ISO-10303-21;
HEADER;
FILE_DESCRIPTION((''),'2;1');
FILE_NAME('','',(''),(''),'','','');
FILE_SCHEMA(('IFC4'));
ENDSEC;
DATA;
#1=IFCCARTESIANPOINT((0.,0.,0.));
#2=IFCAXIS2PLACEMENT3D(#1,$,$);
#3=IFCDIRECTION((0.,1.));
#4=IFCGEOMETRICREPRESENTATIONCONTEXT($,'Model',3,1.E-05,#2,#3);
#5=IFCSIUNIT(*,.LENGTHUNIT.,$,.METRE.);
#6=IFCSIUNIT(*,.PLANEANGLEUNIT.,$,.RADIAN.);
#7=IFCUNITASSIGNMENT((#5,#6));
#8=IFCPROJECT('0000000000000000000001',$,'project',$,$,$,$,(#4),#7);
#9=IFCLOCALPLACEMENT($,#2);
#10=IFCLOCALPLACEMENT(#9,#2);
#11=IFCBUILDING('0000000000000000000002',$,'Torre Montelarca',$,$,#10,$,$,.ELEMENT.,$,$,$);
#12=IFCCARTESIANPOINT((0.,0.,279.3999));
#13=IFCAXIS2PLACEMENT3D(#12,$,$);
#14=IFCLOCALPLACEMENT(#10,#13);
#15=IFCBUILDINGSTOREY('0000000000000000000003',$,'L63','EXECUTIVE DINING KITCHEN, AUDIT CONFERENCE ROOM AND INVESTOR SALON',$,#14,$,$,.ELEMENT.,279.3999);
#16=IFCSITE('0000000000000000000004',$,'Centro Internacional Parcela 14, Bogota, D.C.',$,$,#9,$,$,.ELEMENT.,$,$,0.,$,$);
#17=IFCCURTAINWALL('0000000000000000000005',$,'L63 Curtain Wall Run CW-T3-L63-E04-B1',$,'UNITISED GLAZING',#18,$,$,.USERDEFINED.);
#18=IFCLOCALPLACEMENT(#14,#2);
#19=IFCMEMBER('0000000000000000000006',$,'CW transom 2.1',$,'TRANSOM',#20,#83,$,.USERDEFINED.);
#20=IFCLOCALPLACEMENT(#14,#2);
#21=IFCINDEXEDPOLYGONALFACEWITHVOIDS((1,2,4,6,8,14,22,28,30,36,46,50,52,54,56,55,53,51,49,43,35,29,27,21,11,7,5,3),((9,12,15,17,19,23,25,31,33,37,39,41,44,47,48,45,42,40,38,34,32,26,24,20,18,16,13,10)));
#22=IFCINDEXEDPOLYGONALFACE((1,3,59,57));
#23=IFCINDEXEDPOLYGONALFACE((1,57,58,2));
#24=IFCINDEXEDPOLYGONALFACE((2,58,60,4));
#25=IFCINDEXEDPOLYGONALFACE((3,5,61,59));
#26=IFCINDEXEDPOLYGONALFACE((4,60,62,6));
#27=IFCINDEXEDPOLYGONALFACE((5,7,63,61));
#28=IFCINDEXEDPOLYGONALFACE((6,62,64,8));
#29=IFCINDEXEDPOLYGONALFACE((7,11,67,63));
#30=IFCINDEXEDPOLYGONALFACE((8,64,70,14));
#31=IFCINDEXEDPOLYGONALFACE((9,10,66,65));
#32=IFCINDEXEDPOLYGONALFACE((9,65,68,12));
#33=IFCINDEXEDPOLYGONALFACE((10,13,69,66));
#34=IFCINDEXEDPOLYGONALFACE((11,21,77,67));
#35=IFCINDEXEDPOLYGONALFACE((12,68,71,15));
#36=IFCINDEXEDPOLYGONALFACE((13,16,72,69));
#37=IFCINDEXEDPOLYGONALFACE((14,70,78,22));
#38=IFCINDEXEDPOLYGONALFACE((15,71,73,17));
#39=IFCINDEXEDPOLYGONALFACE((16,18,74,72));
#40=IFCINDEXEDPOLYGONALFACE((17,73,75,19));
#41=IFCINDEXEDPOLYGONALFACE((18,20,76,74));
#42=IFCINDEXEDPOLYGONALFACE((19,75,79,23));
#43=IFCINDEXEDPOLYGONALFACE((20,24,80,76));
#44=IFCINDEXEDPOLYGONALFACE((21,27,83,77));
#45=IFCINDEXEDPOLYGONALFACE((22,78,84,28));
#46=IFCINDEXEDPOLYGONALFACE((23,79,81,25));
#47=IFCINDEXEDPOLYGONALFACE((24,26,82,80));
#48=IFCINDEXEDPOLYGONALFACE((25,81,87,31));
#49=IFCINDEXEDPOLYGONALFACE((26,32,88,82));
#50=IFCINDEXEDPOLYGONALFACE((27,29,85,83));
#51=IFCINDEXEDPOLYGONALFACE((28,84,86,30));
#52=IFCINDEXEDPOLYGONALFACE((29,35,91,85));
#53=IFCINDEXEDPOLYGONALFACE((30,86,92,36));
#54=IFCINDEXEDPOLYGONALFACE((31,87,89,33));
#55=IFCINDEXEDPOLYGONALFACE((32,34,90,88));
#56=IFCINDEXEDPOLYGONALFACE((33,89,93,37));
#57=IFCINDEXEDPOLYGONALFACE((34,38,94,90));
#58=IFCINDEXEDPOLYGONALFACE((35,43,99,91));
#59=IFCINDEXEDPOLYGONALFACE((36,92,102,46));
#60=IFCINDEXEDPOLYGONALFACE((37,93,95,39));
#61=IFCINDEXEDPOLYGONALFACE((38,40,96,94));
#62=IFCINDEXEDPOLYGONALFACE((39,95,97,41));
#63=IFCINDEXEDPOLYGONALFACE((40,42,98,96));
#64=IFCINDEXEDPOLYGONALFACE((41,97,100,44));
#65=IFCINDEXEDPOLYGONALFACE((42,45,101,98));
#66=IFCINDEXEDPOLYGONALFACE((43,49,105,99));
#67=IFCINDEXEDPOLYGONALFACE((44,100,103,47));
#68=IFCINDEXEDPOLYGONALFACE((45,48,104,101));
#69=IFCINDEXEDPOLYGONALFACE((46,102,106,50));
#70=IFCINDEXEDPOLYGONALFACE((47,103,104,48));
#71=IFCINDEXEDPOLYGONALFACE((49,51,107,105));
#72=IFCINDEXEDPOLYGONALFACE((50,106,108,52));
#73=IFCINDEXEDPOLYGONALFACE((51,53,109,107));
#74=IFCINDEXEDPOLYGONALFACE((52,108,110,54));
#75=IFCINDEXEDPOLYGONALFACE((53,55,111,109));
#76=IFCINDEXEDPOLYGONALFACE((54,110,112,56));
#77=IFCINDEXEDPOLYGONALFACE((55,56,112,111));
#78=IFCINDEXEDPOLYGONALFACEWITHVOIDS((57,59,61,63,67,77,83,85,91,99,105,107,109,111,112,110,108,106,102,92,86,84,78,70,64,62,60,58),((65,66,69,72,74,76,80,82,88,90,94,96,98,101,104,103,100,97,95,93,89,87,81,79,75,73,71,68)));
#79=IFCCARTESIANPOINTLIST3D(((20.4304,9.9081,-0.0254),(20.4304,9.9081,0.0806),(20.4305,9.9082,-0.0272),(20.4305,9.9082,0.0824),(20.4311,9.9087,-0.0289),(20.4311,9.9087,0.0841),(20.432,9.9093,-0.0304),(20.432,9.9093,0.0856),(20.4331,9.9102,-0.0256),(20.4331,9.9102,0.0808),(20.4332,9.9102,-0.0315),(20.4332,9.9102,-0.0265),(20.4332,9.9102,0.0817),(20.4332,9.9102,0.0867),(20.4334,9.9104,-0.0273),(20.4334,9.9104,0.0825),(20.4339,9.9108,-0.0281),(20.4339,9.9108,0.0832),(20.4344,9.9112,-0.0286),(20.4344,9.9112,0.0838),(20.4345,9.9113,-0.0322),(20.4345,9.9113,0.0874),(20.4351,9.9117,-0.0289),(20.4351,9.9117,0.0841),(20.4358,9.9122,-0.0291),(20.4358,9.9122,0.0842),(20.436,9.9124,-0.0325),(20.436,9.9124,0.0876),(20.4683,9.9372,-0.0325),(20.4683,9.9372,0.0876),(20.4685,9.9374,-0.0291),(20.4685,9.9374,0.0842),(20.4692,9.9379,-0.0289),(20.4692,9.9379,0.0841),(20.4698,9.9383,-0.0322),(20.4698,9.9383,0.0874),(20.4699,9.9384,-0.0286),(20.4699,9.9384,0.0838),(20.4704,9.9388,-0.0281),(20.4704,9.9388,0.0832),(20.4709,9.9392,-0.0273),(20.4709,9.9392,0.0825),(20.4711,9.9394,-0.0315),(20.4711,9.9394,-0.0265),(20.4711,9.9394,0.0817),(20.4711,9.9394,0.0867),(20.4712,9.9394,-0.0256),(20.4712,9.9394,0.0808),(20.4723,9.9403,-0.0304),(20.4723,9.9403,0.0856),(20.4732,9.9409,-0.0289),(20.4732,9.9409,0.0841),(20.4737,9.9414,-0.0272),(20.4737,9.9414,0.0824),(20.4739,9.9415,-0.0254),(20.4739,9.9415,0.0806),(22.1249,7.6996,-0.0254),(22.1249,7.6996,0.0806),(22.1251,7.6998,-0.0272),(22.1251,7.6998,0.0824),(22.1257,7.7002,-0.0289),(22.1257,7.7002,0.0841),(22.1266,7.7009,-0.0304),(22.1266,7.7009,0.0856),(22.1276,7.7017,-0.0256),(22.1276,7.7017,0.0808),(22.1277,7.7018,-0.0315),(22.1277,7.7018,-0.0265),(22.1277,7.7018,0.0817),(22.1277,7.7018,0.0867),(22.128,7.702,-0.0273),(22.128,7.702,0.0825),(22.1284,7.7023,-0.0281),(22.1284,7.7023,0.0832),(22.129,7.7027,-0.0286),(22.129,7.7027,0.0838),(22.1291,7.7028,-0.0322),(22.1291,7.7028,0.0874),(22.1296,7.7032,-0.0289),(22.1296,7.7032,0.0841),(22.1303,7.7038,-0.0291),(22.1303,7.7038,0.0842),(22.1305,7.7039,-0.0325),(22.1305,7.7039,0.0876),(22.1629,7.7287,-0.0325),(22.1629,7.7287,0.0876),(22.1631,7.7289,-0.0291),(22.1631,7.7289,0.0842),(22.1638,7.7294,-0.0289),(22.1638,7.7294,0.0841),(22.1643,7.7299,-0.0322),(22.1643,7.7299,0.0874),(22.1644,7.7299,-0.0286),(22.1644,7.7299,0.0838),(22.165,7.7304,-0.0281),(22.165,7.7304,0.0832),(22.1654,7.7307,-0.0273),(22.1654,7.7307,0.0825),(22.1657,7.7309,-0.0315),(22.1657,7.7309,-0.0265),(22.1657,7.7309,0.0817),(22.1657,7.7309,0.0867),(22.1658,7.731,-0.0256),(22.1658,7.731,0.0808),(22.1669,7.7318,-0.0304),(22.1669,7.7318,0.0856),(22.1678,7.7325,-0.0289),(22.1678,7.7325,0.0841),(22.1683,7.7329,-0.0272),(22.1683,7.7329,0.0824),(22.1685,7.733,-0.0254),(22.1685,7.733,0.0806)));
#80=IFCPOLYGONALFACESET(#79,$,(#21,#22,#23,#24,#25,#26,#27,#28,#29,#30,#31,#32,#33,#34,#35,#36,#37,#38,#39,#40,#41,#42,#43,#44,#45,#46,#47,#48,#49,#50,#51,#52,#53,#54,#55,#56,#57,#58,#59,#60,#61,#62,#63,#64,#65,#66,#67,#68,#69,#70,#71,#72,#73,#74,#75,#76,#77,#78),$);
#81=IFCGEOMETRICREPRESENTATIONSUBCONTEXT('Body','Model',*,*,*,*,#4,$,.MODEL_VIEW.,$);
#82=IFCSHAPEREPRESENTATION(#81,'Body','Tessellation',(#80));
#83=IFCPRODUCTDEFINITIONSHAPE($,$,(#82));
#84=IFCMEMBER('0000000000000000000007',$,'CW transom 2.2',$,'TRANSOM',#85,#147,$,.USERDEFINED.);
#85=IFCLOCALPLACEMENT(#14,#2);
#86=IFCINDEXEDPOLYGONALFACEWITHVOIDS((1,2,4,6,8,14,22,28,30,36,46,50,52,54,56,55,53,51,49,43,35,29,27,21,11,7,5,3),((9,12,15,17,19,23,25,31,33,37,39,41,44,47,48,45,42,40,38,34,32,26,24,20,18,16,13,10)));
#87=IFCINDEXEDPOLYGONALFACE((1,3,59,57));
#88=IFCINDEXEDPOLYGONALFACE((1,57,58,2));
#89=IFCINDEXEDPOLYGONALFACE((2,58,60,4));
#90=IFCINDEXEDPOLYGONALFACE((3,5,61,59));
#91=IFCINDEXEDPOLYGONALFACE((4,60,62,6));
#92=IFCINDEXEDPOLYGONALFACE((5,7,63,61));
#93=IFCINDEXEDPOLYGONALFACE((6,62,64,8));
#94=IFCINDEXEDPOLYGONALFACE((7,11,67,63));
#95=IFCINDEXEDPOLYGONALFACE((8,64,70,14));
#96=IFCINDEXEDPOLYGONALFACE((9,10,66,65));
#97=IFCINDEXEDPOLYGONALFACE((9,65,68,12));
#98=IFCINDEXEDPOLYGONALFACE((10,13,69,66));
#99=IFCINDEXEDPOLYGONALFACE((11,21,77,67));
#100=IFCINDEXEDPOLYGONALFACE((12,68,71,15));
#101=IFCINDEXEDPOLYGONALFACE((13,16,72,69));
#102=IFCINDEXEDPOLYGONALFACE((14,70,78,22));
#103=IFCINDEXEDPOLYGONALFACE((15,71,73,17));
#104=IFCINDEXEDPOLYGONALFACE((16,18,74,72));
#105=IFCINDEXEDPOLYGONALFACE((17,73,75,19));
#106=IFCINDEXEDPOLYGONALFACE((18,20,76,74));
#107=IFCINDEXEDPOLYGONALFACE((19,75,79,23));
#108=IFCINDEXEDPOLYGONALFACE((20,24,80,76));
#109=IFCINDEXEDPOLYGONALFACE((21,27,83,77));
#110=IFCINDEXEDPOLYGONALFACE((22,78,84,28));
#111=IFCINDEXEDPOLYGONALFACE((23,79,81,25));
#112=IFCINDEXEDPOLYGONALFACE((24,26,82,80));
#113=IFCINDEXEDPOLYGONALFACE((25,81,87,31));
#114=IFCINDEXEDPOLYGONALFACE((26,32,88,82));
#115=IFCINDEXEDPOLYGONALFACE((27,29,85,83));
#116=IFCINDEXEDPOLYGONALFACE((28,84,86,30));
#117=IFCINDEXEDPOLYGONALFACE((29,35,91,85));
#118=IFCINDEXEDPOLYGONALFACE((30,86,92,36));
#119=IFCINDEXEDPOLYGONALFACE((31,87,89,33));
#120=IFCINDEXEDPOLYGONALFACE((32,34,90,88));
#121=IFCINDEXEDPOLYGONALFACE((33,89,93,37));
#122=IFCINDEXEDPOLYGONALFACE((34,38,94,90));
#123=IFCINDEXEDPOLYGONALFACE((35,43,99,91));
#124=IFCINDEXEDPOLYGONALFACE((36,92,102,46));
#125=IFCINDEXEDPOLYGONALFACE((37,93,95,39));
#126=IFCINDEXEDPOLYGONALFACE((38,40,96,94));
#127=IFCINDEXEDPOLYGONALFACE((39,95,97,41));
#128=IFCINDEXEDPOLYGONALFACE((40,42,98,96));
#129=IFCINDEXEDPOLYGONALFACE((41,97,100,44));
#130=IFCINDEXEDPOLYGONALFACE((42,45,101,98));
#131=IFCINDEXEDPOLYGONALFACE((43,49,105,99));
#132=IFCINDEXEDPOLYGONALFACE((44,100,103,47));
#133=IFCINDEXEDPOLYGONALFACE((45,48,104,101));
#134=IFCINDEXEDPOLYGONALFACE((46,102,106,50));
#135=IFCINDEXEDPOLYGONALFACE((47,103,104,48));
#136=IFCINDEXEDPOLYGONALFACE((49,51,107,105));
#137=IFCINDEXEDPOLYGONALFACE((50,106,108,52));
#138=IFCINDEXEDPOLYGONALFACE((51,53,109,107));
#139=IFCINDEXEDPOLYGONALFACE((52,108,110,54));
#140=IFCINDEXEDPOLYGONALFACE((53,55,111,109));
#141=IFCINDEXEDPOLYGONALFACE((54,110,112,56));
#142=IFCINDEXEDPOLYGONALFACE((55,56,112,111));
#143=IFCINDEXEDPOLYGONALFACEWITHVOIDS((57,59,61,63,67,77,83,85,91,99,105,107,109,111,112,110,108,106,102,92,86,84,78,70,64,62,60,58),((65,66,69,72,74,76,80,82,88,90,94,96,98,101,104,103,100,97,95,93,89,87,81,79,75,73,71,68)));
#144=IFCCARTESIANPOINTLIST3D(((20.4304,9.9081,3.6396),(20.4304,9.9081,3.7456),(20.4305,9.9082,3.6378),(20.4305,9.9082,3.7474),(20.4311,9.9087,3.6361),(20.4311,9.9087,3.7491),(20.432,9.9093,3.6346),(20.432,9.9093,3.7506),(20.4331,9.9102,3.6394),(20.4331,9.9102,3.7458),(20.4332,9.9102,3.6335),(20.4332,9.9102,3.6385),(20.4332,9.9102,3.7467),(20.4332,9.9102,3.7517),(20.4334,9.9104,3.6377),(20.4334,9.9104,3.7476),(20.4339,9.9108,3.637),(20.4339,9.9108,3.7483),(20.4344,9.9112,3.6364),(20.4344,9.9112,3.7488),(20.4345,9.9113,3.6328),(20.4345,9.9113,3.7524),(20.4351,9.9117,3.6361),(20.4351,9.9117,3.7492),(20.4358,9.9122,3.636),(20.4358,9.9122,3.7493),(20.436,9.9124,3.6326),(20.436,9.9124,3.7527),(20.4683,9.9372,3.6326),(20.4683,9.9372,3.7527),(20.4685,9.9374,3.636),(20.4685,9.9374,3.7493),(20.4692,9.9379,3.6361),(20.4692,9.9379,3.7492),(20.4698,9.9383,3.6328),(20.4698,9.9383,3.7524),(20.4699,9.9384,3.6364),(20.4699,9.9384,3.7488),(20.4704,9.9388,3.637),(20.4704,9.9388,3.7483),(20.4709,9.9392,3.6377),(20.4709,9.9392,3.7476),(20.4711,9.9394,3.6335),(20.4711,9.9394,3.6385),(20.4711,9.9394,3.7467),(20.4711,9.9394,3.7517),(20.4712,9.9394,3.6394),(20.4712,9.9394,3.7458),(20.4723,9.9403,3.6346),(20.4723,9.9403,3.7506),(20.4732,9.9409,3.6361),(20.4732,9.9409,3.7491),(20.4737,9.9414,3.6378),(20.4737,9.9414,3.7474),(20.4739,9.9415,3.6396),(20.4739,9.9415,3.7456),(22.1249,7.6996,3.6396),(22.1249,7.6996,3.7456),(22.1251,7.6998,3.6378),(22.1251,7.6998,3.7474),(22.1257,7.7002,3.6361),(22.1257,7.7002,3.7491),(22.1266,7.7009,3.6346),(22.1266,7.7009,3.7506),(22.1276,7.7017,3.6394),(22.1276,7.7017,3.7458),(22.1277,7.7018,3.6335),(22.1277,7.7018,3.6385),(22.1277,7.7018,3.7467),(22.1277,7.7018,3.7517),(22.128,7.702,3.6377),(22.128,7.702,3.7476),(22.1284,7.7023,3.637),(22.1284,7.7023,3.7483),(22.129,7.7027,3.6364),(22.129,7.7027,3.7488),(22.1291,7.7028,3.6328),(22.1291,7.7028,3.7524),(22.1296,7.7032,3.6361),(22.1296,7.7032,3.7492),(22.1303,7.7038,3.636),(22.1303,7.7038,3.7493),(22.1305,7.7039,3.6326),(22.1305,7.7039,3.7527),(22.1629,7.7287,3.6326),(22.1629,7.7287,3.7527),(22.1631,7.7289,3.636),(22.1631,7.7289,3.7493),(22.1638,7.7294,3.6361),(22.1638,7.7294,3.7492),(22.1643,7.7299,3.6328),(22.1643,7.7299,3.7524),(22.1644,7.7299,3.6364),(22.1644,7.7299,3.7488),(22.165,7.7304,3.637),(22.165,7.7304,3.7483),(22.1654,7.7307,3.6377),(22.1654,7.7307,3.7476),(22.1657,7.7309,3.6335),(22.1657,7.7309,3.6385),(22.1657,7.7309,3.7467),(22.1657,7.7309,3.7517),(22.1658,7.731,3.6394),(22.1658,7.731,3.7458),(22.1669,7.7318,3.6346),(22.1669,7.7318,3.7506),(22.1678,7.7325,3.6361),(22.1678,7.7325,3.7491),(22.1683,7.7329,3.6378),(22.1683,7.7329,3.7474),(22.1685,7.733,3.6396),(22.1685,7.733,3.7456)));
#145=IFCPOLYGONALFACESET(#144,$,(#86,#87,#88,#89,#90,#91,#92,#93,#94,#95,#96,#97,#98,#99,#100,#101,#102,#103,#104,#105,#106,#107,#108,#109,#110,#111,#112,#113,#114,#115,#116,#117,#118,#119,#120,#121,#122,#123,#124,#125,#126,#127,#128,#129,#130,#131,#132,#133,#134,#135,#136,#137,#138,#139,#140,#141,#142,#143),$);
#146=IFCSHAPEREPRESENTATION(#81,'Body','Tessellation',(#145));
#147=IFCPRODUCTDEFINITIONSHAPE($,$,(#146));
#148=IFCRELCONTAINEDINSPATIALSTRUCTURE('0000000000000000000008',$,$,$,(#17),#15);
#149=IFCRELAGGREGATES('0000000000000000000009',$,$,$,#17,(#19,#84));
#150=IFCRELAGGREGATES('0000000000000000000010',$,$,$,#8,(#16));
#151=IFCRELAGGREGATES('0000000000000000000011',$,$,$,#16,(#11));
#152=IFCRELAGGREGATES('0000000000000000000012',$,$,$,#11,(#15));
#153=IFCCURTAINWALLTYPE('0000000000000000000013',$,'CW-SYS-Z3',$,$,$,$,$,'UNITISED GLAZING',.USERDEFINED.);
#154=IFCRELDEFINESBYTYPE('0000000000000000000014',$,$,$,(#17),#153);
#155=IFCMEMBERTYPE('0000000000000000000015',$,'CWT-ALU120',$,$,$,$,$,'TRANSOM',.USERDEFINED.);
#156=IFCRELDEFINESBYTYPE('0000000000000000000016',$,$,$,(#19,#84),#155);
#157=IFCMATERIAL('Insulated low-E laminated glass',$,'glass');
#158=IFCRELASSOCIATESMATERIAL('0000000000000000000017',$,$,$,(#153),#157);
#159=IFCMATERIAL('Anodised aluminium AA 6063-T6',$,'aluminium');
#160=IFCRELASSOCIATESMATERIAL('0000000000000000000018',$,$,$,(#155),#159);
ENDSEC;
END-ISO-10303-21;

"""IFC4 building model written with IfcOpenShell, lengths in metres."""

from ifc_helpers import new_model, si_unit, direction, frame, origin, origin_2d, place, context, subcontext, project, spatial, hollow_rectangle, extrude, source, transform, mapped, material, material_profile, profile_set, type_object, element, aggregate, save


model = new_model("IFC4")

# Units and contexts
model_context = context("Model", 3, precision=1e-05, world=origin(), true_north=direction((0.0, 1.0)))
body_context = subcontext(model_context, "Body", "Model", "MODEL_VIEW")
ifc_project = project(units=[si_unit("LENGTHUNIT", "METRE"), si_unit("PLANEANGLEUNIT", "RADIAN")], contexts=[model_context])

# Site, building, storey
site_placement = place(None, origin())
site = spatial("IfcSite", under=ifc_project, at=site_placement, Name="Centro Internacional Parcela 14, Bogota, D.C.", CompositionType="ELEMENT", RefElevation=0.0)
building_placement = place(site_placement, origin())
building = spatial("IfcBuilding", under=site, at=building_placement, Name="Torre Montelarca", CompositionType="ELEMENT")
storey_placement = place(building_placement, frame((0.0, 0.0, 279.3999)))
storey = spatial("IfcBuildingStorey", under=building, at=storey_placement, Name="L63", Description="EXECUTIVE DINING KITCHEN, AUDIT CONFERENCE ROOM AND INVESTOR SALON", CompositionType="ELEMENT", Elevation=279.3999)

# Curtain wall, members
ifc_material_1 = material(Name="Insulated low-E laminated glass", Category="glass")
curtain_wall_type = type_object("IfcCurtainWallType", Name="CW-SYS-Z3", ElementType="UNITISED GLAZING", PredefinedType="USERDEFINED", material=ifc_material_1)
ifc_material_2 = material(Name="Anodised aluminium AA 6063-T6", Category="aluminium")
ifc_material_profile_1 = material_profile(ifc_material_2, hollow_rectangle(XDim=0.0549, YDim=0.1201, WallThickness=0.0034, InnerFilletRadius=0.0034, OuterFilletRadius=0.0071, at=origin_2d()), Name="ALU55X120X3.5", Category="aluminium")
ifc_profile_set_1 = profile_set([ifc_material_profile_1], Name="Anodised aluminium AA 6063-T6")
member_type_1 = type_object("IfcMemberType", Name="CWT-ALU120", ElementType="TRANSOM", PredefinedType="USERDEFINED", material=ifc_profile_set_1)
curtain_wall_1_placement = place(storey_placement, origin())
curtain_wall_1 = element("IfcCurtainWall", 1, at=curtain_wall_1_placement, inside=storey, type_object=curtain_wall_type, Name="L63 Curtain Wall Run CW-T3-L63-E04-B1", ObjectType="UNITISED GLAZING", PredefinedType="USERDEFINED")
shared_shape_1 = source(origin(), body_context, "Body", "SweptSolid", [
    extrude(hollow_rectangle(XDim=0.0549, YDim=0.1201, WallThickness=0.0034, InnerFilletRadius=0.0034, OuterFilletRadius=0.0071, at=origin_2d()), origin(), (0.0, 0.0, 1.0), 2.7837),
])
member_1_placement = place(storey_placement, frame((20.4521, 9.9248, 0.0276), z_axis=(0.608748, -0.793364, 0.0), x_axis=(0.793364, 0.608748, 0.0)))
member_1 = element("IfcMember", 2, at=member_1_placement, type_object=member_type_1, Name="CW transom 2.1", ObjectType="TRANSOM", PredefinedType="USERDEFINED", context=body_context, shape_type="MappedRepresentation", body=[
    mapped(shared_shape_1, transform((0.0, 0.0, 0.0), scale=1.0)),
])
member_2_placement = place(storey_placement, frame((20.4521, 9.9248, 3.6926), z_axis=(0.608748, -0.793364, 0.0), x_axis=(0.793364, 0.608748, 0.0)))
member_2 = element("IfcMember", 3, at=member_2_placement, type_object=member_type_1, Name="CW transom 2.2", ObjectType="TRANSOM", PredefinedType="USERDEFINED", context=body_context, shape_type="MappedRepresentation", body=[
    mapped(shared_shape_1, transform((0.0, 0.0, 0.0), scale=1.0)),
])

aggregate(curtain_wall_1, [member_1, member_2])

save(model, "model.ifc")
